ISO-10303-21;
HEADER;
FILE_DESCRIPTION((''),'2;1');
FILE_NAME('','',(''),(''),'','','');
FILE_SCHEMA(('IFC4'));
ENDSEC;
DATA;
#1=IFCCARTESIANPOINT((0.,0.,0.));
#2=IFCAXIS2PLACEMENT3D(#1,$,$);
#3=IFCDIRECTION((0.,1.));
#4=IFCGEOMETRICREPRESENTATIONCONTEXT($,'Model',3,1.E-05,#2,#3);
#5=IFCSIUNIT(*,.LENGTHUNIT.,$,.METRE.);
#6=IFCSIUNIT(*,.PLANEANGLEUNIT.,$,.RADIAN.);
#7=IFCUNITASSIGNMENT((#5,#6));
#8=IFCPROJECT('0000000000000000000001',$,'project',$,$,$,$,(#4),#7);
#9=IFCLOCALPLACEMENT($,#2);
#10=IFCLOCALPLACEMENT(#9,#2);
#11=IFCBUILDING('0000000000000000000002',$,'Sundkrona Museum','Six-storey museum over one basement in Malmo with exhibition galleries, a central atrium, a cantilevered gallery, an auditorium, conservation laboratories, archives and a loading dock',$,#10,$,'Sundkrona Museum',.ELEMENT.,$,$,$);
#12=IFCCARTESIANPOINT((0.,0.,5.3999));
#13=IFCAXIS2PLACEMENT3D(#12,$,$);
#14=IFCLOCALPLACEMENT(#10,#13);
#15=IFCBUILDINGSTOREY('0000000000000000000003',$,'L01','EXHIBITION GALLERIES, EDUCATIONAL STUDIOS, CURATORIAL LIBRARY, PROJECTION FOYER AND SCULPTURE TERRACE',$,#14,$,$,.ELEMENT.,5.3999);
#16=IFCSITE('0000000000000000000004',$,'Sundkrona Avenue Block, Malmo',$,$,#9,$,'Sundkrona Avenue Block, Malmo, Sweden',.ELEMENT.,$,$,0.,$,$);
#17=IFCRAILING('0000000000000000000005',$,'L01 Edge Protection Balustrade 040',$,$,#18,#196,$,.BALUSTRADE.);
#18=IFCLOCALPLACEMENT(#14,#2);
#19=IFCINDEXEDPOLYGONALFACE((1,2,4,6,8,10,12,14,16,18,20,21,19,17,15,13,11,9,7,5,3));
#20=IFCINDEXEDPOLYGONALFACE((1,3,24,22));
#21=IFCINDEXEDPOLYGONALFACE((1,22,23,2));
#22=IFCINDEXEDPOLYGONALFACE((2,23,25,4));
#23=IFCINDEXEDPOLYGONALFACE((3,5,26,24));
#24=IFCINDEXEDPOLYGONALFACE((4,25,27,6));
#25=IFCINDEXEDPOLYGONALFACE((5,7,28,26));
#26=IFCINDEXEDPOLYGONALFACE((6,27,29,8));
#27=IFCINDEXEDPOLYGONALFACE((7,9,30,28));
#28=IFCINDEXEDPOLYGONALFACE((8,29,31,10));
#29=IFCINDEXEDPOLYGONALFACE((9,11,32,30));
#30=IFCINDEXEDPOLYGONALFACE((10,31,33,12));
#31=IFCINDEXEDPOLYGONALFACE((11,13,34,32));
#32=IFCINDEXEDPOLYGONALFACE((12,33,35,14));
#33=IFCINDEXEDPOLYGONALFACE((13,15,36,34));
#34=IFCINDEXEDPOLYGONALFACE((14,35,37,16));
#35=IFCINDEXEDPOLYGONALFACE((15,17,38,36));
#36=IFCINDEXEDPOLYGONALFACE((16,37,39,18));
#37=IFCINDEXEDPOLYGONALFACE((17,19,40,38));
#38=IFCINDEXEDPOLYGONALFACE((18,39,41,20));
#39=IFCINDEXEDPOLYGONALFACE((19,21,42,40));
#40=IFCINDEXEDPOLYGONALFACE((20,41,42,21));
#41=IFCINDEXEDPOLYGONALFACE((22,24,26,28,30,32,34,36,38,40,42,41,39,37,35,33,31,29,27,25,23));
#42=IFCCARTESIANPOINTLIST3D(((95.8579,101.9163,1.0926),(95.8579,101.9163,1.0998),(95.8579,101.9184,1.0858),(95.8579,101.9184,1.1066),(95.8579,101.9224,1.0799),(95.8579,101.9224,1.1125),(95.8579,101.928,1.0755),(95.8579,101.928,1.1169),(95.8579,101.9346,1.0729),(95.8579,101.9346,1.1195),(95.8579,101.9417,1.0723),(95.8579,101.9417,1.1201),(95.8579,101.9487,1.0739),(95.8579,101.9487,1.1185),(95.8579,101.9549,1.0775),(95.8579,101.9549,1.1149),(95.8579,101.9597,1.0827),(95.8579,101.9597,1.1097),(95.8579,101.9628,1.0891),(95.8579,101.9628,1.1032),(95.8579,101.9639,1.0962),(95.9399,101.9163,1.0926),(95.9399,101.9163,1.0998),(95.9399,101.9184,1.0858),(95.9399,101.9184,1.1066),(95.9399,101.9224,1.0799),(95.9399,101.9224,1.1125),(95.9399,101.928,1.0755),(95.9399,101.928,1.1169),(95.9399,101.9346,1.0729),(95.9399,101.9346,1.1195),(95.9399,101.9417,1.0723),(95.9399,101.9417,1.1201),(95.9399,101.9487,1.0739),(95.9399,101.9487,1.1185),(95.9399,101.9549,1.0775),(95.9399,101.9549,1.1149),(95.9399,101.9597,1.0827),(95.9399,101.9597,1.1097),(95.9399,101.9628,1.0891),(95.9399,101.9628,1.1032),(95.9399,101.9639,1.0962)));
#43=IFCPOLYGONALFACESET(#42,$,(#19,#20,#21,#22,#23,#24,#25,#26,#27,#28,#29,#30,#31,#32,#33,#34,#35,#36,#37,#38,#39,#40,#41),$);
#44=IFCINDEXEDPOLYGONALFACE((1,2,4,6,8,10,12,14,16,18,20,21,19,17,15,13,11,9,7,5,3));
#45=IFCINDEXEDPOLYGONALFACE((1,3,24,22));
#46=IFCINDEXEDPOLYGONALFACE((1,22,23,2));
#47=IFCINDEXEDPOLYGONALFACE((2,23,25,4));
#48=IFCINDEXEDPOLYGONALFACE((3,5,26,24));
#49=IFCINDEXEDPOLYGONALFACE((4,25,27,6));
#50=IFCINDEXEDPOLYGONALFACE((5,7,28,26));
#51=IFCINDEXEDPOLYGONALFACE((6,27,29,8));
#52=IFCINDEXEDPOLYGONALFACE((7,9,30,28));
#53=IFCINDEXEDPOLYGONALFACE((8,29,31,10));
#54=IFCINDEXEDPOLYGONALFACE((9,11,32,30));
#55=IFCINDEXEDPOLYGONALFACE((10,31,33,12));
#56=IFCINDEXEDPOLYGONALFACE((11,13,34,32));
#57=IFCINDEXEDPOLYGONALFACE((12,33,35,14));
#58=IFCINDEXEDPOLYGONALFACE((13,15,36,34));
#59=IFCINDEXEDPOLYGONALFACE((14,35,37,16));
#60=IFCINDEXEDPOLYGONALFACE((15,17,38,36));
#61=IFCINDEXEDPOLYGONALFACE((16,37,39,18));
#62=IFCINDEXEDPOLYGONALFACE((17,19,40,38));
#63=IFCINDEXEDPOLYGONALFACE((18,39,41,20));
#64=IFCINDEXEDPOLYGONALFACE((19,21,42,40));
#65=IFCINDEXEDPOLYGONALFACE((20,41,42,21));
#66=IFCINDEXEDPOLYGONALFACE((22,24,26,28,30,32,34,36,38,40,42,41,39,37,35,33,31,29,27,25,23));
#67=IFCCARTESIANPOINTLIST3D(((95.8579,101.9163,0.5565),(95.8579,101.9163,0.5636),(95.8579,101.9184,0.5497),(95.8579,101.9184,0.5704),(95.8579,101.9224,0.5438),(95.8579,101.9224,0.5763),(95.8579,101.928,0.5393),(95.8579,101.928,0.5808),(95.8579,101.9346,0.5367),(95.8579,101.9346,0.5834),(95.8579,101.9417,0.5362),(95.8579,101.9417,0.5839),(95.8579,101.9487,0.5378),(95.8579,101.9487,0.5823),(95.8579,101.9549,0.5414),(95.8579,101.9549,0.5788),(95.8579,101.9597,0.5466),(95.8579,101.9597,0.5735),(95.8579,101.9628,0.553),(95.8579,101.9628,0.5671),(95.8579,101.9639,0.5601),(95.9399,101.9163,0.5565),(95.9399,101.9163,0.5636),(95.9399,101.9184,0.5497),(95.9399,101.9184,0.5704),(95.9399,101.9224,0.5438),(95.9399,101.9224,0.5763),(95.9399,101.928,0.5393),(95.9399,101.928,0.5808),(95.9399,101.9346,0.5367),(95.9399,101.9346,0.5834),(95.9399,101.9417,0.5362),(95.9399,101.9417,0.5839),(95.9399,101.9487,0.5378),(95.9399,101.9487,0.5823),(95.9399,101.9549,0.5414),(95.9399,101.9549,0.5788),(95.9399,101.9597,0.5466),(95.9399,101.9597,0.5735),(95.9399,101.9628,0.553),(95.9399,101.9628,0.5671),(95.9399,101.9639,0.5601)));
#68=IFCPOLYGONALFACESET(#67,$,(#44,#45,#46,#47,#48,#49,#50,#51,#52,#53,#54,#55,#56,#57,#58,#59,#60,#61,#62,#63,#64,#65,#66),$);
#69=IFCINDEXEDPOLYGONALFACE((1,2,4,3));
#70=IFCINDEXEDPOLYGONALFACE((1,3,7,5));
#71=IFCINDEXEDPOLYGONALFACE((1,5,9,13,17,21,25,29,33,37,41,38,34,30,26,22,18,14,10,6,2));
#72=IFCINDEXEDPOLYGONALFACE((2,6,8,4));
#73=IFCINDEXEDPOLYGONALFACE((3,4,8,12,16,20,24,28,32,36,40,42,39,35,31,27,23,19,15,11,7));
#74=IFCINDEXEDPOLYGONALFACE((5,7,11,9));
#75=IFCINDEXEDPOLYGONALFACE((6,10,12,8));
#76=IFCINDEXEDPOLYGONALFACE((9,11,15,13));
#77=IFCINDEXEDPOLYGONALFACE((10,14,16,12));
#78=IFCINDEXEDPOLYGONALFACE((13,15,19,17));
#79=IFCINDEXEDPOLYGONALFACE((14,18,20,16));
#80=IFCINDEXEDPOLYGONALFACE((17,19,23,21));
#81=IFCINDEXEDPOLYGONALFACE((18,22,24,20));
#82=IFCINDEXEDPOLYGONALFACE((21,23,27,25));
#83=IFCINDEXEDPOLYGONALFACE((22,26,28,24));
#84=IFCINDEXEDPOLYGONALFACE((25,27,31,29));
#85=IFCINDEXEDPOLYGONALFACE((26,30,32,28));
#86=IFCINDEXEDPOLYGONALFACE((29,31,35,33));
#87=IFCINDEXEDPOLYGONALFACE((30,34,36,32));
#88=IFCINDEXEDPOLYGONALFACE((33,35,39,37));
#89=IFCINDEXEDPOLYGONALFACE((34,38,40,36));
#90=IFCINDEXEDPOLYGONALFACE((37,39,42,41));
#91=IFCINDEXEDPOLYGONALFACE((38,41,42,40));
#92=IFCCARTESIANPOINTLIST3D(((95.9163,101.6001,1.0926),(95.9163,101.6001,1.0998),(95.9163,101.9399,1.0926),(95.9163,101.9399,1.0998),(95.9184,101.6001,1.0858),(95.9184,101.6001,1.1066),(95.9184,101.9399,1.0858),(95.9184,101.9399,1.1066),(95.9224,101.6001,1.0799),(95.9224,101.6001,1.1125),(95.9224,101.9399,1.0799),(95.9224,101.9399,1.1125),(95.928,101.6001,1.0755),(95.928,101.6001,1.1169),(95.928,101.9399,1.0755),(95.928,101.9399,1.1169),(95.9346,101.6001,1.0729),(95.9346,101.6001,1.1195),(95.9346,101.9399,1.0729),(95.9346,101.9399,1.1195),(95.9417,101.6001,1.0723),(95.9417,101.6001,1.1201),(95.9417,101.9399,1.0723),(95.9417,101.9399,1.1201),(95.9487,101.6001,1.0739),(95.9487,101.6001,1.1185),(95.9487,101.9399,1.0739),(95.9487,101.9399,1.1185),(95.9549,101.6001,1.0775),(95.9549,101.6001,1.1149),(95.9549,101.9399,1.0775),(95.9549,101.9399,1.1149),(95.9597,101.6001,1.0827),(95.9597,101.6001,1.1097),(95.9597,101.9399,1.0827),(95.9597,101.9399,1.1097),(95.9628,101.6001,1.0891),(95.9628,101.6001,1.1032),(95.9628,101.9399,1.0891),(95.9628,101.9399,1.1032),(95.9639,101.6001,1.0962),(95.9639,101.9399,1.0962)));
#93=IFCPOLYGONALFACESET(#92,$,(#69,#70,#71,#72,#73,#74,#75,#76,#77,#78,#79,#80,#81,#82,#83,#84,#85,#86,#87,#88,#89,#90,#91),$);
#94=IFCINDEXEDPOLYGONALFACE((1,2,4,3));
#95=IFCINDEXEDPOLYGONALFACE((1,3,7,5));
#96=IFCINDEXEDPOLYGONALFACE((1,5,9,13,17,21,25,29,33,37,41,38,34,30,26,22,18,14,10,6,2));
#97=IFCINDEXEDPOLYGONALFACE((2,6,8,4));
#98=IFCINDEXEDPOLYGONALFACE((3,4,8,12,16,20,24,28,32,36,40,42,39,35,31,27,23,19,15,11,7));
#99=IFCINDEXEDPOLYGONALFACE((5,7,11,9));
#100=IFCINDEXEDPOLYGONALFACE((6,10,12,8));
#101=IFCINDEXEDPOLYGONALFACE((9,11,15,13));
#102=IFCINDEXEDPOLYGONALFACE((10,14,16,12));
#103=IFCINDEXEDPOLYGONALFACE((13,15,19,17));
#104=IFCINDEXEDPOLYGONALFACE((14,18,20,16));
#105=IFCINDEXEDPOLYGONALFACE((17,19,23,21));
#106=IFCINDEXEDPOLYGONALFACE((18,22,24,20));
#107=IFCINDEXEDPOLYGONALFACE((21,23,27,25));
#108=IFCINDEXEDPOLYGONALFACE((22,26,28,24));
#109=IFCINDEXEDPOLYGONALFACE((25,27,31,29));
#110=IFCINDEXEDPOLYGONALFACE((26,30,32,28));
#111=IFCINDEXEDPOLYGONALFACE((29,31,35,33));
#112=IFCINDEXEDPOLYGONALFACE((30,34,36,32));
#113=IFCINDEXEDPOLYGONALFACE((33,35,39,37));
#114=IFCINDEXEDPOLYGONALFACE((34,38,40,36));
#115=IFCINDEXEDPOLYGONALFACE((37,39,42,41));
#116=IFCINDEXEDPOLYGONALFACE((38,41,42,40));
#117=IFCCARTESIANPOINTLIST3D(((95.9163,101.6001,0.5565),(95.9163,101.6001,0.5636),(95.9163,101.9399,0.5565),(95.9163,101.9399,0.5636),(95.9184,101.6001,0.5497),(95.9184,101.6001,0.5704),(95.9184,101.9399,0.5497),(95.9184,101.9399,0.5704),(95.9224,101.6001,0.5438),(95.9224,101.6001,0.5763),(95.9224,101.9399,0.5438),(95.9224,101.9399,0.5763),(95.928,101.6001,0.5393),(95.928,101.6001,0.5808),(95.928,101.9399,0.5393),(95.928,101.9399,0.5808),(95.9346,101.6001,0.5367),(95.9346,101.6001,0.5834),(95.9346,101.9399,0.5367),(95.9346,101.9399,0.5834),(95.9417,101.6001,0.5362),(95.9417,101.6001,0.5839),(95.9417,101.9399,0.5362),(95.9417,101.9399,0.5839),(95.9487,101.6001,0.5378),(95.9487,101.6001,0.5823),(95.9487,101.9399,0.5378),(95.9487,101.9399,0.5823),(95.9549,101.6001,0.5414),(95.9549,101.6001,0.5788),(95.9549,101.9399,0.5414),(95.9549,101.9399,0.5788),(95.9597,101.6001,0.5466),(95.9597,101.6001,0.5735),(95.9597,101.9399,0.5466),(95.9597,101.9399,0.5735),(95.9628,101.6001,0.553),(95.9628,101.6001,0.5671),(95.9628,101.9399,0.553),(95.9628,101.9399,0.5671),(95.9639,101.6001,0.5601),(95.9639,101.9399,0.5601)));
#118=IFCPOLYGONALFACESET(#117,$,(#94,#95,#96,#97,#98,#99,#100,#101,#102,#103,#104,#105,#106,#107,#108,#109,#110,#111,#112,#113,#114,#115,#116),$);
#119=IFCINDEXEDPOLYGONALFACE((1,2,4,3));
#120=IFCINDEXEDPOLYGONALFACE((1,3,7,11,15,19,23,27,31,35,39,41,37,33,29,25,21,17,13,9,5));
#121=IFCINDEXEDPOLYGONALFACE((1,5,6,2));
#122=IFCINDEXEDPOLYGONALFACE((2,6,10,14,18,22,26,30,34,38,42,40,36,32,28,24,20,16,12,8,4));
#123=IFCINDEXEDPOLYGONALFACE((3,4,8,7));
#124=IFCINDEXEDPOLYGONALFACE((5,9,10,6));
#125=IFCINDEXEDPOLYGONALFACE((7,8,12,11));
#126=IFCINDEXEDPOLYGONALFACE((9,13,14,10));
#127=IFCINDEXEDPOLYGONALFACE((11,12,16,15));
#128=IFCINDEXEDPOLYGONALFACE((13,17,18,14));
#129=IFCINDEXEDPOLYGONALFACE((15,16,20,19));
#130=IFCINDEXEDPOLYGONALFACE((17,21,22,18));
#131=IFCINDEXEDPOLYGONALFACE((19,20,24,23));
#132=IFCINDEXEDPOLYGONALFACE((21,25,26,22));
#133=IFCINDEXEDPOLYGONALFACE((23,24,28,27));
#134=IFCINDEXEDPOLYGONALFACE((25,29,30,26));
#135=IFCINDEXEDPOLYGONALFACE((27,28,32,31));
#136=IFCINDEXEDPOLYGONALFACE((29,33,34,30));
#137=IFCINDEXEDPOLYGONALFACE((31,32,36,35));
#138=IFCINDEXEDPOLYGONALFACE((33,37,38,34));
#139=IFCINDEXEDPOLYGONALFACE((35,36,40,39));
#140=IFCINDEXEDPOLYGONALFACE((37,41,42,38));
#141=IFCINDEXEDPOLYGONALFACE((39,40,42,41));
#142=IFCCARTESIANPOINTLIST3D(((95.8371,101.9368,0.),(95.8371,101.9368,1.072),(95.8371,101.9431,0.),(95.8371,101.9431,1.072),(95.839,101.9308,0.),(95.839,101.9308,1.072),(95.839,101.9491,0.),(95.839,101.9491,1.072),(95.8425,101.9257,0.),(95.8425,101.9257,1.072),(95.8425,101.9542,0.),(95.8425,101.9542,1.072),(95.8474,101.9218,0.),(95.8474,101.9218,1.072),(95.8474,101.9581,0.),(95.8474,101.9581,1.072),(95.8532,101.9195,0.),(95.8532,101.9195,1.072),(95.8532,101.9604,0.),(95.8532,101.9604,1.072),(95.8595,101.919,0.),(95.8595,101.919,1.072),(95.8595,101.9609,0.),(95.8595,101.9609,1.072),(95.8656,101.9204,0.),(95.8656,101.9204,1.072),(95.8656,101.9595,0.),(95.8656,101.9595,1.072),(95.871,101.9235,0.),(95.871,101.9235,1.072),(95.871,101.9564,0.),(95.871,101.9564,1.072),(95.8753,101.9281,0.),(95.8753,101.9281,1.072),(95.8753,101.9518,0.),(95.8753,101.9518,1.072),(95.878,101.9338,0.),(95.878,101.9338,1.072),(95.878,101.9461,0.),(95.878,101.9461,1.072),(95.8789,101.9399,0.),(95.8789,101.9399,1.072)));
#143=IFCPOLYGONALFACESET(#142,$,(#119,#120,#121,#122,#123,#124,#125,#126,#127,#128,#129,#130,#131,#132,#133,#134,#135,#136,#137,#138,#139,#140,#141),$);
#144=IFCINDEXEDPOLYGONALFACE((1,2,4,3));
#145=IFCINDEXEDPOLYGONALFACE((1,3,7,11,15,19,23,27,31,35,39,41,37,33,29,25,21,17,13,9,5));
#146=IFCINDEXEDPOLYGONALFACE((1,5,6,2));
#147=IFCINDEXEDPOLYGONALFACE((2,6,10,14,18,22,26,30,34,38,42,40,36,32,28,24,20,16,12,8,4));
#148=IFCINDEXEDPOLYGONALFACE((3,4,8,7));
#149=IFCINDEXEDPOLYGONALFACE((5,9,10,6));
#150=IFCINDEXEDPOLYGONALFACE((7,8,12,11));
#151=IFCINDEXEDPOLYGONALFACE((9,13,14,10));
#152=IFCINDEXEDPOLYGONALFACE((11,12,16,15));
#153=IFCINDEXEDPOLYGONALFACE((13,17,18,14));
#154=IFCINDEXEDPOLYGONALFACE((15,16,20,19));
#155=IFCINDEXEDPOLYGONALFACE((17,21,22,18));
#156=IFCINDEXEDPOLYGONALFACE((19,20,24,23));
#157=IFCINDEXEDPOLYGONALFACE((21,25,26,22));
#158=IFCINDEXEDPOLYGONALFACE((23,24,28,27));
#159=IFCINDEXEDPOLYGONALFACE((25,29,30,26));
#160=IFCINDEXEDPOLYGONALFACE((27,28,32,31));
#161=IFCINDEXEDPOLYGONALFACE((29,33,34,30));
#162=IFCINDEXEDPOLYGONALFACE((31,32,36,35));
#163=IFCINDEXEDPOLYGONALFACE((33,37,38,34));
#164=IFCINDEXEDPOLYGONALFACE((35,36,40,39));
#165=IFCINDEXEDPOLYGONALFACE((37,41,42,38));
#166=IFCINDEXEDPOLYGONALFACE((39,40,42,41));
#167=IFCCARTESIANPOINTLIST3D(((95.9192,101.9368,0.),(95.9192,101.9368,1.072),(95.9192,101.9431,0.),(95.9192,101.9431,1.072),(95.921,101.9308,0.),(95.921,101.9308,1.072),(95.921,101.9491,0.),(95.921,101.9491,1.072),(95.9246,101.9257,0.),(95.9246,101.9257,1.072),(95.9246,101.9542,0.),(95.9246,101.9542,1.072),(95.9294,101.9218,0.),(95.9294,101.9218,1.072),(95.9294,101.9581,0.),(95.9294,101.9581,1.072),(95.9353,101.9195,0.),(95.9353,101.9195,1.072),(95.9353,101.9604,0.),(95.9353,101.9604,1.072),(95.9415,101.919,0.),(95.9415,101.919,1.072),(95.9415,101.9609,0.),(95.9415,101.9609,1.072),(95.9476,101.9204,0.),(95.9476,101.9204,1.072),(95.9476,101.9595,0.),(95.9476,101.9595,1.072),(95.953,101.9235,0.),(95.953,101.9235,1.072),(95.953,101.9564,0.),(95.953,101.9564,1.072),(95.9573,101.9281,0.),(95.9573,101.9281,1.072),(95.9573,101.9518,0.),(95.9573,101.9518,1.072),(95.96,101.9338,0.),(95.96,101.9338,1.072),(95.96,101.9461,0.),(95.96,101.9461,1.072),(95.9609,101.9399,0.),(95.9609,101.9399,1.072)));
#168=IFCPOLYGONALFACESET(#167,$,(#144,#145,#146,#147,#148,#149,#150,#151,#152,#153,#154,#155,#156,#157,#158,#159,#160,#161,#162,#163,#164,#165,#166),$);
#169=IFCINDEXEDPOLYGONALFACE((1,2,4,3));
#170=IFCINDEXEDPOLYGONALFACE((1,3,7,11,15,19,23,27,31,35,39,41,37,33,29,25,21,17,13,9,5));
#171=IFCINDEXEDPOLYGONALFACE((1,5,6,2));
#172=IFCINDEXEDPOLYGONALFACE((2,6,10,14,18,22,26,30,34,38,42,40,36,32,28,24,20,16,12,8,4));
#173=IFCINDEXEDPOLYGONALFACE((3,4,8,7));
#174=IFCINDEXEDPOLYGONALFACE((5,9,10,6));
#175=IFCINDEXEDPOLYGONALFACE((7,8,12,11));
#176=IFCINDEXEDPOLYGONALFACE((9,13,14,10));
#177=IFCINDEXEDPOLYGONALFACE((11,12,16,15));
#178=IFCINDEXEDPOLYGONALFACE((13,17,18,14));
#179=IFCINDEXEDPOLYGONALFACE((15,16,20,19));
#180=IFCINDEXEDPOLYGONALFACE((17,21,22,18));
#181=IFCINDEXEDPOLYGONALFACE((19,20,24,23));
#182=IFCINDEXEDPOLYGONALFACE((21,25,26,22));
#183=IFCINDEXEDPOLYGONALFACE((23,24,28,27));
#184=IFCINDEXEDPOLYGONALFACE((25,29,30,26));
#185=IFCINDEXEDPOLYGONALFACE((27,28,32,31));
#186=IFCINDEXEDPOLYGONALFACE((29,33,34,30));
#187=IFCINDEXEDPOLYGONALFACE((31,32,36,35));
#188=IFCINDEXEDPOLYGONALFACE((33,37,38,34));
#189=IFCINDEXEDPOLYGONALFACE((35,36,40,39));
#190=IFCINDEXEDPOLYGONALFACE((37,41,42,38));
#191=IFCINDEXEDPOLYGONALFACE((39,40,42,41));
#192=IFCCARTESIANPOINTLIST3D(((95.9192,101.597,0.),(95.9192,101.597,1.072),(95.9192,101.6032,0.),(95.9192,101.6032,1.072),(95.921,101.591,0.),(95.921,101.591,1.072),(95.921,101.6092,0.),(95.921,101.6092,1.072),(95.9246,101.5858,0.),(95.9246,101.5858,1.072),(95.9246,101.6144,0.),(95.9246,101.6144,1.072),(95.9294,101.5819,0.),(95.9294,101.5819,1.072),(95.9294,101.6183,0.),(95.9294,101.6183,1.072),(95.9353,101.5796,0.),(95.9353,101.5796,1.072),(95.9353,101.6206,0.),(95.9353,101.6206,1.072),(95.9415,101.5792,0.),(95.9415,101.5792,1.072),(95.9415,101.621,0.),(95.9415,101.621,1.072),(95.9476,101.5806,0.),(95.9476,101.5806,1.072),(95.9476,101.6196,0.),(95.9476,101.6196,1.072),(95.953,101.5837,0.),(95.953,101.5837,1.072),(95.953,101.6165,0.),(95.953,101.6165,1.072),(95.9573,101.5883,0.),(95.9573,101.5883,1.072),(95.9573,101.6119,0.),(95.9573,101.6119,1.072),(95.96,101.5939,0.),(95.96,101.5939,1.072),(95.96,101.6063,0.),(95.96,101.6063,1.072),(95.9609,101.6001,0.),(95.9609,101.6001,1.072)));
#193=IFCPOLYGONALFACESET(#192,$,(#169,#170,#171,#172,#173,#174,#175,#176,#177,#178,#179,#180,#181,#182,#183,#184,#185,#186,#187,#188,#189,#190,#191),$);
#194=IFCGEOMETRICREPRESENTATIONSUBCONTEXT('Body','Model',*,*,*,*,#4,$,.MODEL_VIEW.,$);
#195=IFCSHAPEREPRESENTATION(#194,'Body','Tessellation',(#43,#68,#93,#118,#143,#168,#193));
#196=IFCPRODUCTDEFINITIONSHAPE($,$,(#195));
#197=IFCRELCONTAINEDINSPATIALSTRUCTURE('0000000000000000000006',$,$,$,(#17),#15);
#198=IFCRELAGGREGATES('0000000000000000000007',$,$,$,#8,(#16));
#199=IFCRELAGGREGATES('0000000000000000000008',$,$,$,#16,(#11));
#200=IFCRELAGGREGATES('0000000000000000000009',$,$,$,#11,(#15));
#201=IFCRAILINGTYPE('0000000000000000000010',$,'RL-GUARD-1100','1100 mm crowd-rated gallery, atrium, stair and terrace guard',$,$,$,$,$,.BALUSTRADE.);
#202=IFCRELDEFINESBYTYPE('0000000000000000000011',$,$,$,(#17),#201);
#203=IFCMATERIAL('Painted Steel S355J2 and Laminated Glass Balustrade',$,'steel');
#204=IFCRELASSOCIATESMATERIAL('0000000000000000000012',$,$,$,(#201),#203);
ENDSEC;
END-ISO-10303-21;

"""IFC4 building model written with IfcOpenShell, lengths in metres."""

from ifc_helpers import new_model, si_unit, direction, frame, origin, origin_2d, place, context, subcontext, project, spatial, circle, extrude, material, type_object, element, save


model = new_model("IFC4")

# Units and contexts
model_context = context("Model", 3, precision=1e-05, world=origin(), true_north=direction((0.0, 1.0)))
body_context = subcontext(model_context, "Body", "Model", "MODEL_VIEW")
ifc_project = project(units=[si_unit("LENGTHUNIT", "METRE"), si_unit("PLANEANGLEUNIT", "RADIAN")], contexts=[model_context])

# Site, building, storey
site_placement = place(None, origin())
site = spatial("IfcSite", under=ifc_project, at=site_placement, Name="Sundkrona Avenue Block, Malmo", LongName="Sundkrona Avenue Block, Malmo, Sweden", CompositionType="ELEMENT", RefElevation=0.0)
building_placement = place(site_placement, origin())
building = spatial("IfcBuilding", under=site, at=building_placement, Name="Sundkrona Museum", Description="Six-storey museum over one basement in Malmo with exhibition galleries, a central atrium, a cantilevered gallery, an auditorium, conservation laboratories, archives and a loading dock", LongName="Sundkrona Museum", CompositionType="ELEMENT")
storey_placement = place(building_placement, frame((0.0, 0.0, 5.3999)))
storey = spatial("IfcBuildingStorey", under=building, at=storey_placement, Name="L01", Description="EXHIBITION GALLERIES, EDUCATIONAL STUDIOS, CURATORIAL LIBRARY, PROJECTION FOYER AND SCULPTURE TERRACE", CompositionType="ELEMENT", Elevation=5.3999)

# Railing
ifc_material_1 = material(Name="Painted Steel S355J2 and Laminated Glass Balustrade", Category="steel")
railing_type = type_object("IfcRailingType", Name="RL-GUARD-1100", Description="1100 mm crowd-rated gallery, atrium, stair and terrace guard", PredefinedType="BALUSTRADE", material=ifc_material_1)
railing_1_placement = place(storey_placement, frame((95.8579, 101.9399, 0.0)))
element("IfcRailing", 1, at=railing_1_placement, inside=storey, type_object=railing_type, Name="L01 Edge Protection Balustrade 040", PredefinedType="BALUSTRADE", context=body_context, shape_type="SweptSolid", body=[
    extrude(circle(Radius=0.0239, at=origin_2d()), frame((0.0, 0.0, 1.0962), z_axis=(1.0, 0.0, 0.0), x_axis=(0.0, 1.0, 0.0)), (0.0, 0.0, 1.0), 0.082),
    extrude(circle(Radius=0.0239, at=origin_2d()), frame((0.0, 0.0, 0.5601), z_axis=(1.0, 0.0, 0.0), x_axis=(0.0, 1.0, 0.0)), (0.0, 0.0, 1.0), 0.082),
    extrude(circle(Radius=0.0239, at=origin_2d()), frame((0.082, 0.0, 1.0962), z_axis=(0.0, -1.0, 0.0), x_axis=(1.0, 0.0, 0.0)), (0.0, 0.0, 1.0), 0.3398),
    extrude(circle(Radius=0.0239, at=origin_2d()), frame((0.082, 0.0, 0.5601), z_axis=(0.0, -1.0, 0.0), x_axis=(1.0, 0.0, 0.0)), (0.0, 0.0, 1.0), 0.3398),
    extrude(circle(Radius=0.021, at=origin_2d()), origin(), (0.0, 0.0, 1.0), 1.072),
    extrude(circle(Radius=0.021, at=origin_2d()), frame((0.082, 0.0, 0.0)), (0.0, 0.0, 1.0), 1.072),
    extrude(circle(Radius=0.021, at=origin_2d()), frame((0.082, -0.3398, 0.0)), (0.0, 0.0, 1.0), 1.072),
])

save(model, "model.ifc")
